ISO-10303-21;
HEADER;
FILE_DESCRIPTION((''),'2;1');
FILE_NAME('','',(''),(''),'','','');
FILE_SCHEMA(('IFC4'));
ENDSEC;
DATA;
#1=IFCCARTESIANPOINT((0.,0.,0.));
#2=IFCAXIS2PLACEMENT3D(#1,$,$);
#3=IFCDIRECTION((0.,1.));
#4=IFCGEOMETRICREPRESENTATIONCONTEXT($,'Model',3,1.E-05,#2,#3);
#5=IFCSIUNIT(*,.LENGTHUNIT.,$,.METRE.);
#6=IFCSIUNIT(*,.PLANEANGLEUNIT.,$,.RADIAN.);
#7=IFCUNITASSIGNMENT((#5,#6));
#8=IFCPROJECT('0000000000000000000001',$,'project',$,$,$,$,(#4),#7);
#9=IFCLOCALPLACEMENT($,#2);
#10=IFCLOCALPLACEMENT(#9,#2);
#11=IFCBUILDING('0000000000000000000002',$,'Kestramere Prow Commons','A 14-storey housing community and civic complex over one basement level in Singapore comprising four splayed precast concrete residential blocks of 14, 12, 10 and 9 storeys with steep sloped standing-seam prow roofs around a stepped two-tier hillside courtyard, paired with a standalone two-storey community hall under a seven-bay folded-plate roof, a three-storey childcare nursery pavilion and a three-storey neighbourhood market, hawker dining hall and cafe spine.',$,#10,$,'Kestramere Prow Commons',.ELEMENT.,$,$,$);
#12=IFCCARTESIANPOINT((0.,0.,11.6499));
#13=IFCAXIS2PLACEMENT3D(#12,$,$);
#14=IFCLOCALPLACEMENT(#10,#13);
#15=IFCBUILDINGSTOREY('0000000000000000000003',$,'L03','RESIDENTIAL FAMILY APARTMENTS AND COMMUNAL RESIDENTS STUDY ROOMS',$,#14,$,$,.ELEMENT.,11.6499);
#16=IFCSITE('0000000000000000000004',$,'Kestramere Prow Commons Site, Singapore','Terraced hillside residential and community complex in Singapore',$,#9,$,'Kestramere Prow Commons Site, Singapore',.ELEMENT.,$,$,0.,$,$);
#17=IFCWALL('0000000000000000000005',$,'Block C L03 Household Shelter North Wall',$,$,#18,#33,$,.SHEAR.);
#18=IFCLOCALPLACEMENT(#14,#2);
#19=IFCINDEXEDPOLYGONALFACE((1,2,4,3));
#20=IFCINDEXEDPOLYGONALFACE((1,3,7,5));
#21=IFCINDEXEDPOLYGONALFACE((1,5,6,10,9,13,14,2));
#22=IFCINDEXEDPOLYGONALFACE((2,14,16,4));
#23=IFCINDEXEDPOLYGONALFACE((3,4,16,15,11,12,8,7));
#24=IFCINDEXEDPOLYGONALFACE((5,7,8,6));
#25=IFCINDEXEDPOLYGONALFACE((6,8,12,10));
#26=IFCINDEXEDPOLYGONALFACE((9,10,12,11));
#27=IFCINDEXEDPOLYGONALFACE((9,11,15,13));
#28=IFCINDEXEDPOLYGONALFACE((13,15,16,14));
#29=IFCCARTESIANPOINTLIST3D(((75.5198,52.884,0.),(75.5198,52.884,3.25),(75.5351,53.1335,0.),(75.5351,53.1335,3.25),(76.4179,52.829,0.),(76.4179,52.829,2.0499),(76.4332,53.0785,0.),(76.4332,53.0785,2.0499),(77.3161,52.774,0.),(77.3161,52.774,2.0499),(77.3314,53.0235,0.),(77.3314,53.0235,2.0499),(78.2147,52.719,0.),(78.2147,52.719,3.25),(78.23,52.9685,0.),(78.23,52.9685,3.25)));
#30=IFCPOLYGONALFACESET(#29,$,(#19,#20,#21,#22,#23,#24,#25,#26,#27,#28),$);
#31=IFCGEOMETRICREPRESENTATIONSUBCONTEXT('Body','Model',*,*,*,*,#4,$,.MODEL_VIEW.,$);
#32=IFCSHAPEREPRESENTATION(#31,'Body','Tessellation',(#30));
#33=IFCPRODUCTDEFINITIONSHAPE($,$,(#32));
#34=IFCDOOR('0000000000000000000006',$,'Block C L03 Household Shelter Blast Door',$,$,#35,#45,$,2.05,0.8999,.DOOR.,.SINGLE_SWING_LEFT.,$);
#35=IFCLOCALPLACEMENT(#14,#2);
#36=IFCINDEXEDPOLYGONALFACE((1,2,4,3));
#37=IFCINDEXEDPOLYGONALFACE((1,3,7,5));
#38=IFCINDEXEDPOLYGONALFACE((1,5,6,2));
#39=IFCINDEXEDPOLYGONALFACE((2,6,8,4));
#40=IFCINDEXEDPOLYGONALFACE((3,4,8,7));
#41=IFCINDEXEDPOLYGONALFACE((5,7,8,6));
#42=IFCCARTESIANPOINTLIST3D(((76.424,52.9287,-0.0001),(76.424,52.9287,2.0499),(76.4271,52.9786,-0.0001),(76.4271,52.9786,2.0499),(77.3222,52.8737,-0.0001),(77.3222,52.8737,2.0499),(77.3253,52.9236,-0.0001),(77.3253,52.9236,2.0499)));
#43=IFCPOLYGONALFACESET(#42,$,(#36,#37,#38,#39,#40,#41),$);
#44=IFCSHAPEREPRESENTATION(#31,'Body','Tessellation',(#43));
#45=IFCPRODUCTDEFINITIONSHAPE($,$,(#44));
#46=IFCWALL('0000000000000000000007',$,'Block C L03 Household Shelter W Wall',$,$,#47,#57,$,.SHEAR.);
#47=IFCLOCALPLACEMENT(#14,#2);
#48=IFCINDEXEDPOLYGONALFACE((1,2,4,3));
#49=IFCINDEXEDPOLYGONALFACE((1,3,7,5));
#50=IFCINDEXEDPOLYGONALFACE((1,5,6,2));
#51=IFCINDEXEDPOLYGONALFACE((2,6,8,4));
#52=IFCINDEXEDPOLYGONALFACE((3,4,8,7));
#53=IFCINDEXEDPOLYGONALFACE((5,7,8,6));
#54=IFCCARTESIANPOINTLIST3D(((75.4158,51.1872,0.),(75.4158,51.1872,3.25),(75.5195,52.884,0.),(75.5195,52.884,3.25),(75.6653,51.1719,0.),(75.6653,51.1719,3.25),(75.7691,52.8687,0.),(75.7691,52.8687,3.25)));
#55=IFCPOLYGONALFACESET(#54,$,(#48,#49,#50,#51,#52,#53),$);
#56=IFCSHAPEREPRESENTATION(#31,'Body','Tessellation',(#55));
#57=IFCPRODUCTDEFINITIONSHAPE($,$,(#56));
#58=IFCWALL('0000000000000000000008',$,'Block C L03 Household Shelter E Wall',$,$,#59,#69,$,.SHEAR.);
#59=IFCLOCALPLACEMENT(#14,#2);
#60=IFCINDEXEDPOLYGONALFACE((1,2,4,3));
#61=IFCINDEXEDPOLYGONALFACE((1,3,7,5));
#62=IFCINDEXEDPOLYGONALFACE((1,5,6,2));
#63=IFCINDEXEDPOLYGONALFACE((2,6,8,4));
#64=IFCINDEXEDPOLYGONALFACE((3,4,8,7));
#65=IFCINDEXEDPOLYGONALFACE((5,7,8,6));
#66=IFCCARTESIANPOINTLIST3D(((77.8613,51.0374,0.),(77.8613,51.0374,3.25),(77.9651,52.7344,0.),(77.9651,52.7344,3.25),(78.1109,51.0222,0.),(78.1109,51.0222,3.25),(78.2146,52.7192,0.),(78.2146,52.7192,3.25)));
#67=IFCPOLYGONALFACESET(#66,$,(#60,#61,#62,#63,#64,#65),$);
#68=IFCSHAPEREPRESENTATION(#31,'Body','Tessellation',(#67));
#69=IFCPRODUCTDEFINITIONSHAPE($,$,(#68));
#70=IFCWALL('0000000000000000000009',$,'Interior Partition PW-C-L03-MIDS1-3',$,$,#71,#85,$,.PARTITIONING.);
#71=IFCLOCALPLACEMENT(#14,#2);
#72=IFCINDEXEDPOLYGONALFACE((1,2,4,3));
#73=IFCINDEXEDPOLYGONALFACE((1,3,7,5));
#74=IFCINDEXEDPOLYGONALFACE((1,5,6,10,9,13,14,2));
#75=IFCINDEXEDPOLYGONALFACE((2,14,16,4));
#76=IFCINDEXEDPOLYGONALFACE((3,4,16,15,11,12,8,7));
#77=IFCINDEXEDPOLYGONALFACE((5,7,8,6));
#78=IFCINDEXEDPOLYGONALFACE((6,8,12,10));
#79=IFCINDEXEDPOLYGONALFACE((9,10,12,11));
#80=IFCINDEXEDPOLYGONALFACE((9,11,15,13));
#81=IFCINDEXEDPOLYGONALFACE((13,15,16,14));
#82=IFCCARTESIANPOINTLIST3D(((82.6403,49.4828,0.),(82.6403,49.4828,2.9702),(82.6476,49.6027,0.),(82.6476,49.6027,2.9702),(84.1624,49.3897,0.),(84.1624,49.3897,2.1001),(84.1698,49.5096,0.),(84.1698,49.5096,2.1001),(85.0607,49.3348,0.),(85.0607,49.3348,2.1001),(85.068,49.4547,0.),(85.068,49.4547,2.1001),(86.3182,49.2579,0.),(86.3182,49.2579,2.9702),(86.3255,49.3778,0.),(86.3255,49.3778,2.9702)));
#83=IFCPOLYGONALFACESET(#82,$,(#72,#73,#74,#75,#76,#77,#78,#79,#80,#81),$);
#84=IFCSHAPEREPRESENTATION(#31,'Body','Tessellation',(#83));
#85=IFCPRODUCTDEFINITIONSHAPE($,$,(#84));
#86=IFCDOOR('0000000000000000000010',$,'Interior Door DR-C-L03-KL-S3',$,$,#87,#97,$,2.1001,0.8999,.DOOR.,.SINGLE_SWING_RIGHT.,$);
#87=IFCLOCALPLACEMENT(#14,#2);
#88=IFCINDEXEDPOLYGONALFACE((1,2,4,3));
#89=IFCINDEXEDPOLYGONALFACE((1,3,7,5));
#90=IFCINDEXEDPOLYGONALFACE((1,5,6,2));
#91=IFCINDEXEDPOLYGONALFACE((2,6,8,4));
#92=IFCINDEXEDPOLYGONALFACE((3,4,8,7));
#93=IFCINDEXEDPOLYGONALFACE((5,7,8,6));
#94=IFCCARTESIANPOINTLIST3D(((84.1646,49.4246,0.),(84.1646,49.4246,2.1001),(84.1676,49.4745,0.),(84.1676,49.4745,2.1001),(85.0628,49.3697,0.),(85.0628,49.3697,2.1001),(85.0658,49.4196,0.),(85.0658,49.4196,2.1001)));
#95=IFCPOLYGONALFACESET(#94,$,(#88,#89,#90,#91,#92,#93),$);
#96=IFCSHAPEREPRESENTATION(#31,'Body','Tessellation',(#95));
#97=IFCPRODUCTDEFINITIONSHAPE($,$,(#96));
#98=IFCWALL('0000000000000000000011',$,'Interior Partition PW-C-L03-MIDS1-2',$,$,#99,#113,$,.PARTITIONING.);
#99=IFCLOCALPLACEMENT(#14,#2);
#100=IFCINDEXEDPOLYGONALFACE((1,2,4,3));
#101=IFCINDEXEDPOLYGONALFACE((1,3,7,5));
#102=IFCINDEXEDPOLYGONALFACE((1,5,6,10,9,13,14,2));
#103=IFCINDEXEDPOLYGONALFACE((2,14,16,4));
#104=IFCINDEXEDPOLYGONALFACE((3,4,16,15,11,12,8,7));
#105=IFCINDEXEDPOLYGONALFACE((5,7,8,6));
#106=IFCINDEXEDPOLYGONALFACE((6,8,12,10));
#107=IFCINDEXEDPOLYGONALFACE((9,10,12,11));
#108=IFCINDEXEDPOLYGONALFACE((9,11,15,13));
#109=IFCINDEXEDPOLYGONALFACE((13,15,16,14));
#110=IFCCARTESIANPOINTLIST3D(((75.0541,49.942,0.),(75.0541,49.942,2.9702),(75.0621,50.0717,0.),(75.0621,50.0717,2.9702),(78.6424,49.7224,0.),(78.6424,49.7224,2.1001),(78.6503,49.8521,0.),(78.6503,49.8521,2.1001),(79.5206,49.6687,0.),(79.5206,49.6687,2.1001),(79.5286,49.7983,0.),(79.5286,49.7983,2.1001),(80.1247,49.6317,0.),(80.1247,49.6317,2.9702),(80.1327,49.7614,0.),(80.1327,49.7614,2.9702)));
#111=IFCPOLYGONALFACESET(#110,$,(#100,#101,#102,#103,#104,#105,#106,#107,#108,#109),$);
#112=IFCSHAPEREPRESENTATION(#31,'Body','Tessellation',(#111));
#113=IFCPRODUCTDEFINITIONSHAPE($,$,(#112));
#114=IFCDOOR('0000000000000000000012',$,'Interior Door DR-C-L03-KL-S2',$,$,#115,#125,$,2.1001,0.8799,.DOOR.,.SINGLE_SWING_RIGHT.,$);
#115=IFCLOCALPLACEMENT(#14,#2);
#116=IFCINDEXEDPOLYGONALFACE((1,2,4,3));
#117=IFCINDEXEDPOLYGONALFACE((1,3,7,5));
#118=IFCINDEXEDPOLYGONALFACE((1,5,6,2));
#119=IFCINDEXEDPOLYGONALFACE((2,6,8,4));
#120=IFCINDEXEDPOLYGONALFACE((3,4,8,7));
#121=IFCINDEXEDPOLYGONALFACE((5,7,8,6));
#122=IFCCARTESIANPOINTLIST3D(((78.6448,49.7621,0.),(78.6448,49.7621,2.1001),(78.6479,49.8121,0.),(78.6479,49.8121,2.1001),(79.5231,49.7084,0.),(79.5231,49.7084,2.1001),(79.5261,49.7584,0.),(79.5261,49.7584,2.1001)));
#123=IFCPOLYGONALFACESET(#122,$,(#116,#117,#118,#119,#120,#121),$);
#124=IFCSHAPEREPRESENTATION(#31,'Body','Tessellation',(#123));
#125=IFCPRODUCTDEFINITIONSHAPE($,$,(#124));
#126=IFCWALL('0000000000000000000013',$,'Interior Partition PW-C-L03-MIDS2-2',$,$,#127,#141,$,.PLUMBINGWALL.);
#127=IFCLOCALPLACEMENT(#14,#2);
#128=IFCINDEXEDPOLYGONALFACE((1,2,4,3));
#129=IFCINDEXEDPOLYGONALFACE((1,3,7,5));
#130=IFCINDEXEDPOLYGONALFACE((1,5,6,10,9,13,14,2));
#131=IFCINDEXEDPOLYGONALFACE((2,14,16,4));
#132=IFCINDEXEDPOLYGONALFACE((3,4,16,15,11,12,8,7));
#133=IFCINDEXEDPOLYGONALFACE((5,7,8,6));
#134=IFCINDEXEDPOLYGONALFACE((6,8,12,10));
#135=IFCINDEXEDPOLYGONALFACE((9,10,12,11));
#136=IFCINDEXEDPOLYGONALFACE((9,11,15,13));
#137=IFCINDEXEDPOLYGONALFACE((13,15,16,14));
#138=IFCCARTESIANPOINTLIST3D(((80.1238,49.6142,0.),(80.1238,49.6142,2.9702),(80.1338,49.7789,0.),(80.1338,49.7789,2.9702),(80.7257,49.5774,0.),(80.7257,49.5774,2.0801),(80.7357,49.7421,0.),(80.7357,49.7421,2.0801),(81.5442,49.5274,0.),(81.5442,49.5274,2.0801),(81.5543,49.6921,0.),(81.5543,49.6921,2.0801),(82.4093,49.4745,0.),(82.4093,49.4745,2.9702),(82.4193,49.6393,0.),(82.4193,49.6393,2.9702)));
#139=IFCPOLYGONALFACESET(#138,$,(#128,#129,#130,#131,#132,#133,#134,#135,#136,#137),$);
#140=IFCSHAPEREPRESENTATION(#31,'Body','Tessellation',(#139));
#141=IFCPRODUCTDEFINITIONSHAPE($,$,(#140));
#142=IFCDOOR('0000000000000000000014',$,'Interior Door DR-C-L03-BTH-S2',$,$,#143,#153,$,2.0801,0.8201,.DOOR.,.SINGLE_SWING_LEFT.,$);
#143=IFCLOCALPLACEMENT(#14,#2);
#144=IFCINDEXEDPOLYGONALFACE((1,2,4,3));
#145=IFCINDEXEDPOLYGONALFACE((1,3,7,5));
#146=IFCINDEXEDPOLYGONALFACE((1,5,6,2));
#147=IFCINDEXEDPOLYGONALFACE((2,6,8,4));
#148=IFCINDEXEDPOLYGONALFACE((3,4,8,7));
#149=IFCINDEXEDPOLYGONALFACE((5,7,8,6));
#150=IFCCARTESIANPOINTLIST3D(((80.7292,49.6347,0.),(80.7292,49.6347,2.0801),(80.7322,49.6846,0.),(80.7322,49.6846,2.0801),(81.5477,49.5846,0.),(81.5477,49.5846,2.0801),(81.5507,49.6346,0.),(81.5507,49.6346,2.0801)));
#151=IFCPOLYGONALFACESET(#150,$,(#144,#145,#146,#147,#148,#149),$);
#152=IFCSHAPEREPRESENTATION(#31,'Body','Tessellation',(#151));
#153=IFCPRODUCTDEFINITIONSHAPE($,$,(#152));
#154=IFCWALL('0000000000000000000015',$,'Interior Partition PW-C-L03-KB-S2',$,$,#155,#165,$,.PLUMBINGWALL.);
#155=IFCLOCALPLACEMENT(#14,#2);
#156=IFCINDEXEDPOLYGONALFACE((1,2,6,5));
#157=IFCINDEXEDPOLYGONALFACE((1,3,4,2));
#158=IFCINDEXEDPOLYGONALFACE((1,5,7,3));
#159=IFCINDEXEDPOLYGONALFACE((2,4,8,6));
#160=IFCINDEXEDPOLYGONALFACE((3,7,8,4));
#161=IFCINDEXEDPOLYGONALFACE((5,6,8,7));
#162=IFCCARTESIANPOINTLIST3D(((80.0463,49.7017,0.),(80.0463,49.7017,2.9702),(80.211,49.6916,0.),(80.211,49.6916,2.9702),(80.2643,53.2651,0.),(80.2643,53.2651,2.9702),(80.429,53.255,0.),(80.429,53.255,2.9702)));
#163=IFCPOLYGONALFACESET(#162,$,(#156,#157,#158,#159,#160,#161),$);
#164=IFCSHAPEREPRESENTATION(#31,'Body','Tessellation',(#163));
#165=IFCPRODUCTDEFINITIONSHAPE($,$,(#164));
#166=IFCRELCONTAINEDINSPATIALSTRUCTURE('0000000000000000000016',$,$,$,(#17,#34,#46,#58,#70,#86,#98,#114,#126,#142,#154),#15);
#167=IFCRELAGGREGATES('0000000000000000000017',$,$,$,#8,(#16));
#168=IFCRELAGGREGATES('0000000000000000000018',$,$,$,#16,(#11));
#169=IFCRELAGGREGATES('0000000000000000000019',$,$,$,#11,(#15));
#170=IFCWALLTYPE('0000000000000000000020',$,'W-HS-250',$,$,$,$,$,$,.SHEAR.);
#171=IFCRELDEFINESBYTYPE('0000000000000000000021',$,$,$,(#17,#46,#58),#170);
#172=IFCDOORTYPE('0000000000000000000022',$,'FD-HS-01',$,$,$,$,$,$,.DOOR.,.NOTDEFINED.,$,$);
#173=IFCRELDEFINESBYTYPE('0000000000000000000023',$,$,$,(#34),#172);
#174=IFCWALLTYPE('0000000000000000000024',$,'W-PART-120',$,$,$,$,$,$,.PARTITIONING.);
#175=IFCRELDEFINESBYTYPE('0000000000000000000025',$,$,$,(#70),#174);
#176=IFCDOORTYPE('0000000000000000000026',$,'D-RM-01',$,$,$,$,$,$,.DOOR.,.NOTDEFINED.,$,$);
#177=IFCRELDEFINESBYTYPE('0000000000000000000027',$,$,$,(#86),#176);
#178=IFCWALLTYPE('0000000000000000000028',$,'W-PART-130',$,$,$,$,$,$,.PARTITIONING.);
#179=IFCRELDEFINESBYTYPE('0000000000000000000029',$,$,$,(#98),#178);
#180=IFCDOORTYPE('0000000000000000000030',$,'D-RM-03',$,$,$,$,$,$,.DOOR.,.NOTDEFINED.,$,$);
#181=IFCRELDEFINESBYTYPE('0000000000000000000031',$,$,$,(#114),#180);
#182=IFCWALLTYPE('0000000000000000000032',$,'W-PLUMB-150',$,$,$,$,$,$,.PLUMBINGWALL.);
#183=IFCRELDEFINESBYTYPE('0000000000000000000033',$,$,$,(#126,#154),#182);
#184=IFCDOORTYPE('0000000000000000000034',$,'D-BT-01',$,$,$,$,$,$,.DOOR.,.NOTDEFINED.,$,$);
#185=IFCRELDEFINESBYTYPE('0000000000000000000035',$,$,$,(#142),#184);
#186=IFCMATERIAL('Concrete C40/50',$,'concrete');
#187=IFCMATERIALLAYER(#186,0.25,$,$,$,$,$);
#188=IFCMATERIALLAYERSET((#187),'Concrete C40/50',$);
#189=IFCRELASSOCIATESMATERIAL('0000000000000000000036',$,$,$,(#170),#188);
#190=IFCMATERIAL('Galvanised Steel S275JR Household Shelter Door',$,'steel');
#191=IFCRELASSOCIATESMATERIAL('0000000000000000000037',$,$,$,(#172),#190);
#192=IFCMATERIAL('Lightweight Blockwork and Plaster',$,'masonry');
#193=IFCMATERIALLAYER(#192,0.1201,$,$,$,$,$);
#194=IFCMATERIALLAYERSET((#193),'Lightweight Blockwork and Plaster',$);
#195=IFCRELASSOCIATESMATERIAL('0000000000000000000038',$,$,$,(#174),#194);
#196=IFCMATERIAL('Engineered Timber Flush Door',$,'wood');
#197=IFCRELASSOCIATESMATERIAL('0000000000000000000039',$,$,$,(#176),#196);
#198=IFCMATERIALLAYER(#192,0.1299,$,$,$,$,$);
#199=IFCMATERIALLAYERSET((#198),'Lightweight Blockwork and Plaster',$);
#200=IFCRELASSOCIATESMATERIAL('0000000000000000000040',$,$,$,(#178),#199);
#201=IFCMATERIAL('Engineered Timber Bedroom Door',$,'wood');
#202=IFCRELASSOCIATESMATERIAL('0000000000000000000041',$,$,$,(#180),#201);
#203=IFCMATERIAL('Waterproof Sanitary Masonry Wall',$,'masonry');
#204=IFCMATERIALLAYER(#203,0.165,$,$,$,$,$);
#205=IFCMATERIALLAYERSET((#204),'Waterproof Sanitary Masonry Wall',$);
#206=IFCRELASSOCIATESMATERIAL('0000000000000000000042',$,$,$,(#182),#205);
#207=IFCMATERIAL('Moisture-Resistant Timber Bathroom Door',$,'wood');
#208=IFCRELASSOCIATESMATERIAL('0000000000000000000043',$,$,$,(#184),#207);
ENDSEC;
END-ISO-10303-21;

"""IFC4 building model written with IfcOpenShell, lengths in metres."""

from ifc_helpers import new_model, si_unit, direction, frame, frame_2d, origin, place, context, subcontext, project, spatial, rectangle, extrude, material, layer, layer_set, type_object, element, fill, save


model = new_model("IFC4")

# Units and contexts
model_context = context("Model", 3, precision=1e-05, world=origin(), true_north=direction((0.0, 1.0)))
body_context = subcontext(model_context, "Body", "Model", "MODEL_VIEW")
ifc_project = project(units=[si_unit("LENGTHUNIT", "METRE"), si_unit("PLANEANGLEUNIT", "RADIAN")], contexts=[model_context])

# Site, building, storey
site_placement = place(None, origin())
site = spatial("IfcSite", under=ifc_project, at=site_placement, Name="Kestramere Prow Commons Site, Singapore", Description="Terraced hillside residential and community complex in Singapore", LongName="Kestramere Prow Commons Site, Singapore", CompositionType="ELEMENT", RefElevation=0.0)
building_placement = place(site_placement, origin())
building = spatial("IfcBuilding", under=site, at=building_placement, Name="Kestramere Prow Commons", Description="A 14-storey housing community and civic complex over one basement level in Singapore comprising four splayed precast concrete residential blocks of 14, 12, 10 and 9 storeys with steep sloped standing-seam prow roofs around a stepped two-tier hillside courtyard, paired with a standalone two-storey community hall under a seven-bay folded-plate roof, a three-storey childcare nursery pavilion and a three-storey neighbourhood market, hawker dining hall and cafe spine.", LongName="Kestramere Prow Commons", CompositionType="ELEMENT")
storey_placement = place(building_placement, frame((0.0, 0.0, 11.6499)))
storey = spatial("IfcBuildingStorey", under=building, at=storey_placement, Name="L03", Description="RESIDENTIAL FAMILY APARTMENTS AND COMMUNAL RESIDENTS STUDY ROOMS", CompositionType="ELEMENT", Elevation=11.6499)

# Shared definitions
ifc_material_1 = material(Name="Concrete C40/50", Category="concrete")
ifc_layer_1 = layer(ifc_material_1, 0.25)
ifc_layer_set_1 = layer_set([ifc_layer_1], Name="Concrete C40/50")
wall_type_1 = type_object("IfcWallType", Name="W-HS-250", PredefinedType="SHEAR", material=ifc_layer_set_1)

# Wall, opening, door
wall_1_placement = place(storey_placement, frame((75.5273, 53.0088, 0.0), z_axis=(0.0, 0.0, 1.0), x_axis=(0.99813, -0.061128, 0.0)))
wall_1 = element("IfcWall", 1, at=wall_1_placement, inside=storey, type_object=wall_type_1, Name="Block C L03 Household Shelter North Wall", PredefinedType="SHEAR", context=body_context, shape_type="SweptSolid", body=[
    extrude(rectangle(XDim=2.7, YDim=0.25, at=frame_2d((1.3501, 0.0))), origin(), (0.0, 0.0, 1.0), 3.25),
])
opening_1_placement = place(wall_1_placement, frame((0.8999, 0.0, 0.0)))
opening_1 = element("IfcOpeningElement", 2, at=opening_1_placement, cuts=wall_1, PredefinedType="OPENING", context=body_context, shape_type="SweptSolid", body=[
    extrude(rectangle(XDim=0.8999, YDim=2.05, at=frame_2d((0.45, 1.0249))), frame((0.0, 0.1399, 0.0), z_axis=(0.0, -1.0, 0.0), x_axis=(1.0, 0.0, 0.0)), (0.0, 0.0, 1.0), 0.28),
])
ifc_material_2 = material(Name="Galvanised Steel S275JR Household Shelter Door", Category="steel")
door_type_1 = type_object("IfcDoorType", Name="FD-HS-01", OperationType="NOTDEFINED", PredefinedType="DOOR", material=ifc_material_2)
door_1_placement = place(opening_1_placement, origin())
door_1 = element("IfcDoor", 3, at=door_1_placement, inside=storey, type_object=door_type_1, Name="Block C L03 Household Shelter Blast Door", OperationType="SINGLE_SWING_LEFT", OverallHeight=2.05, OverallWidth=0.8999, PredefinedType="DOOR", context=body_context, shape_type="SweptSolid", body=[
    extrude(rectangle(XDim=0.8999, YDim=2.05, at=frame_2d((0.45, 1.0249))), frame((0.0, 0.0249, 0.0), z_axis=(0.0, -1.0, 0.0), x_axis=(1.0, 0.0, 0.0)), (0.0, 0.0, 1.0), 0.05),
])
fill(opening_1, door_1)

# Walls
wall_2_placement = place(storey_placement, frame((75.5405, 51.1794, 0.0), z_axis=(0.0, 0.0, 1.0), x_axis=(0.061037, 0.998136, 0.0)))
element("IfcWall", 4, at=wall_2_placement, inside=storey, type_object=wall_type_1, Name="Block C L03 Household Shelter W Wall", PredefinedType="SHEAR", context=body_context, shape_type="SweptSolid", body=[
    extrude(rectangle(XDim=1.7, YDim=0.25, at=frame_2d((0.8501, 0.0))), origin(), (0.0, 0.0, 1.0), 3.25),
])
wall_3_placement = place(storey_placement, frame((77.9861, 51.0298, 0.0), z_axis=(0.0, 0.0, 1.0), x_axis=(0.061028, 0.998136, 0.0)))
element("IfcWall", 5, at=wall_3_placement, inside=storey, type_object=wall_type_1, Name="Block C L03 Household Shelter E Wall", PredefinedType="SHEAR", context=body_context, shape_type="SweptSolid", body=[
    extrude(rectangle(XDim=1.7002, YDim=0.25, at=frame_2d((0.8501, 0.0))), origin(), (0.0, 0.0, 1.0), 3.25),
])

# Walls, openings, doors
ifc_material_3 = material(Name="Lightweight Blockwork and Plaster", Category="masonry")
ifc_layer_2 = layer(ifc_material_3, 0.1201)
ifc_layer_set_2 = layer_set([ifc_layer_2], Name="Lightweight Blockwork and Plaster")
wall_type_2 = type_object("IfcWallType", Name="W-PART-120", PredefinedType="PARTITIONING", material=ifc_layer_set_2)
wall_4_placement = place(storey_placement, frame((82.644, 49.5427, 0.0), z_axis=(0.0, 0.0, 1.0), x_axis=(0.998136, -0.061021, 0.0)))
wall_4 = element("IfcWall", 6, at=wall_4_placement, inside=storey, type_object=wall_type_2, Name="Interior Partition PW-C-L03-MIDS1-3", PredefinedType="PARTITIONING", context=body_context, shape_type="SweptSolid", body=[
    extrude(rectangle(XDim=3.6848, YDim=0.1201, at=frame_2d((1.8423, 0.0))), origin(), (0.0, 0.0, 1.0), 2.9702),
])
opening_2_placement = place(wall_4_placement, frame((1.5249, 0.0, 0.0)))
opening_2 = element("IfcOpeningElement", 7, at=opening_2_placement, cuts=wall_4, PredefinedType="OPENING", context=body_context, shape_type="SweptSolid", body=[
    extrude(rectangle(XDim=0.8999, YDim=2.1001, at=frame_2d((0.45, 1.05))), frame((0.0, 0.075, 0.0), z_axis=(0.0, -1.0, 0.0), x_axis=(1.0, 0.0, 0.0)), (0.0, 0.0, 1.0), 0.1501),
])
ifc_material_4 = material(Name="Engineered Timber Flush Door", Category="wood")
door_type_2 = type_object("IfcDoorType", Name="D-RM-01", OperationType="NOTDEFINED", PredefinedType="DOOR", material=ifc_material_4)
door_2_placement = place(opening_2_placement, origin())
door_2 = element("IfcDoor", 8, at=door_2_placement, inside=storey, type_object=door_type_2, Name="Interior Door DR-C-L03-KL-S3", OperationType="SINGLE_SWING_RIGHT", OverallHeight=2.1001, OverallWidth=0.8999, PredefinedType="DOOR", context=body_context, shape_type="SweptSolid", body=[
    extrude(rectangle(XDim=0.8999, YDim=2.1001, at=frame_2d((0.45, 1.05))), frame((0.0, 0.0249, 0.0), z_axis=(0.0, -1.0, 0.0), x_axis=(1.0, 0.0, 0.0)), (0.0, 0.0, 1.0), 0.05),
])
fill(opening_2, door_2)
ifc_layer_3 = layer(ifc_material_3, 0.1299)
ifc_layer_set_3 = layer_set([ifc_layer_3], Name="Lightweight Blockwork and Plaster")
wall_type_3 = type_object("IfcWallType", Name="W-PART-130", PredefinedType="PARTITIONING", material=ifc_layer_set_3)
wall_5_placement = place(storey_placement, frame((75.0581, 50.0068, 0.0), z_axis=(0.0, 0.0, 1.0), x_axis=(0.998133, -0.061083, 0.0)))
wall_5 = element("IfcWall", 9, at=wall_5_placement, inside=storey, type_object=wall_type_3, Name="Interior Partition PW-C-L03-MIDS1-2", PredefinedType="PARTITIONING", context=body_context, shape_type="SweptSolid", body=[
    extrude(rectangle(XDim=5.0801, YDim=0.1299, at=frame_2d((2.54, 0.0))), origin(), (0.0, 0.0, 1.0), 2.9702),
])
opening_3_placement = place(wall_5_placement, frame((3.595, 0.0, 0.0)))
opening_3 = element("IfcOpeningElement", 10, at=opening_3_placement, cuts=wall_5, PredefinedType="OPENING", context=body_context, shape_type="SweptSolid", body=[
    extrude(rectangle(XDim=0.8799, YDim=2.1001, at=frame_2d((0.4399, 1.05))), frame((0.0, 0.0798, 0.0), z_axis=(0.0, -1.0, 0.0), x_axis=(1.0, 0.0, 0.0)), (0.0, 0.0, 1.0), 0.1599),
])
ifc_material_5 = material(Name="Engineered Timber Bedroom Door", Category="wood")
door_type_3 = type_object("IfcDoorType", Name="D-RM-03", OperationType="NOTDEFINED", PredefinedType="DOOR", material=ifc_material_5)
door_3_placement = place(opening_3_placement, origin())
door_3 = element("IfcDoor", 11, at=door_3_placement, inside=storey, type_object=door_type_3, Name="Interior Door DR-C-L03-KL-S2", OperationType="SINGLE_SWING_RIGHT", OverallHeight=2.1001, OverallWidth=0.8799, PredefinedType="DOOR", context=body_context, shape_type="SweptSolid", body=[
    extrude(rectangle(XDim=0.8799, YDim=2.1001, at=frame_2d((0.4399, 1.05))), frame((0.0, 0.0249, 0.0), z_axis=(0.0, -1.0, 0.0), x_axis=(1.0, 0.0, 0.0)), (0.0, 0.0, 1.0), 0.05),
])
fill(opening_3, door_3)
ifc_material_6 = material(Name="Waterproof Sanitary Masonry Wall", Category="masonry")
ifc_layer_4 = layer(ifc_material_6, 0.165)
ifc_layer_set_4 = layer_set([ifc_layer_4], Name="Waterproof Sanitary Masonry Wall")
wall_type_4 = type_object("IfcWallType", Name="W-PLUMB-150", PredefinedType="PLUMBINGWALL", material=ifc_layer_set_4)
wall_6_placement = place(storey_placement, frame((80.1287, 49.6965, 0.0), z_axis=(0.0, 0.0, 1.0), x_axis=(0.998139, -0.060984, 0.0)))
wall_6 = element("IfcWall", 12, at=wall_6_placement, inside=storey, type_object=wall_type_4, Name="Interior Partition PW-C-L03-MIDS2-2", PredefinedType="PLUMBINGWALL", context=body_context, shape_type="SweptSolid", body=[
    extrude(rectangle(XDim=2.2898, YDim=0.165, at=frame_2d((1.145, 0.0))), origin(), (0.0, 0.0, 1.0), 2.9702),
])
opening_4_placement = place(wall_6_placement, frame((0.603, 0.0, 0.0)))
opening_4 = element("IfcOpeningElement", 13, at=opening_4_placement, cuts=wall_6, PredefinedType="OPENING", context=body_context, shape_type="SweptSolid", body=[
    extrude(rectangle(XDim=0.8201, YDim=2.0801, at=frame_2d((0.4102, 1.04))), frame((0.0, 0.0974, 0.0), z_axis=(0.0, -1.0, 0.0), x_axis=(1.0, 0.0, 0.0)), (0.0, 0.0, 1.0), 0.1951),
])
ifc_material_7 = material(Name="Moisture-Resistant Timber Bathroom Door", Category="wood")
door_type_4 = type_object("IfcDoorType", Name="D-BT-01", OperationType="NOTDEFINED", PredefinedType="DOOR", material=ifc_material_7)
door_4_placement = place(opening_4_placement, origin())
door_4 = element("IfcDoor", 14, at=door_4_placement, inside=storey, type_object=door_type_4, Name="Interior Door DR-C-L03-BTH-S2", OperationType="SINGLE_SWING_LEFT", OverallHeight=2.0801, OverallWidth=0.8201, PredefinedType="DOOR", context=body_context, shape_type="SweptSolid", body=[
    extrude(rectangle(XDim=0.8201, YDim=2.0801, at=frame_2d((0.4102, 1.04))), frame((0.0, 0.0249, 0.0), z_axis=(0.0, -1.0, 0.0), x_axis=(1.0, 0.0, 0.0)), (0.0, 0.0, 1.0), 0.05),
])
fill(opening_4, door_4)

# Wall
wall_7_placement = place(storey_placement, frame((80.1287, 49.6965, 0.0), z_axis=(0.0, 0.0, 1.0), x_axis=(0.061067, 0.998134, 0.0)))
element("IfcWall", 15, at=wall_7_placement, inside=storey, type_object=wall_type_4, Name="Interior Partition PW-C-L03-KB-S2", PredefinedType="PLUMBINGWALL", context=body_context, shape_type="SweptSolid", body=[
    extrude(rectangle(XDim=3.5701, YDim=0.165, at=frame_2d((1.7852, 0.0))), origin(), (0.0, 0.0, 1.0), 2.9702),
])

save(model, "model.ifc")
